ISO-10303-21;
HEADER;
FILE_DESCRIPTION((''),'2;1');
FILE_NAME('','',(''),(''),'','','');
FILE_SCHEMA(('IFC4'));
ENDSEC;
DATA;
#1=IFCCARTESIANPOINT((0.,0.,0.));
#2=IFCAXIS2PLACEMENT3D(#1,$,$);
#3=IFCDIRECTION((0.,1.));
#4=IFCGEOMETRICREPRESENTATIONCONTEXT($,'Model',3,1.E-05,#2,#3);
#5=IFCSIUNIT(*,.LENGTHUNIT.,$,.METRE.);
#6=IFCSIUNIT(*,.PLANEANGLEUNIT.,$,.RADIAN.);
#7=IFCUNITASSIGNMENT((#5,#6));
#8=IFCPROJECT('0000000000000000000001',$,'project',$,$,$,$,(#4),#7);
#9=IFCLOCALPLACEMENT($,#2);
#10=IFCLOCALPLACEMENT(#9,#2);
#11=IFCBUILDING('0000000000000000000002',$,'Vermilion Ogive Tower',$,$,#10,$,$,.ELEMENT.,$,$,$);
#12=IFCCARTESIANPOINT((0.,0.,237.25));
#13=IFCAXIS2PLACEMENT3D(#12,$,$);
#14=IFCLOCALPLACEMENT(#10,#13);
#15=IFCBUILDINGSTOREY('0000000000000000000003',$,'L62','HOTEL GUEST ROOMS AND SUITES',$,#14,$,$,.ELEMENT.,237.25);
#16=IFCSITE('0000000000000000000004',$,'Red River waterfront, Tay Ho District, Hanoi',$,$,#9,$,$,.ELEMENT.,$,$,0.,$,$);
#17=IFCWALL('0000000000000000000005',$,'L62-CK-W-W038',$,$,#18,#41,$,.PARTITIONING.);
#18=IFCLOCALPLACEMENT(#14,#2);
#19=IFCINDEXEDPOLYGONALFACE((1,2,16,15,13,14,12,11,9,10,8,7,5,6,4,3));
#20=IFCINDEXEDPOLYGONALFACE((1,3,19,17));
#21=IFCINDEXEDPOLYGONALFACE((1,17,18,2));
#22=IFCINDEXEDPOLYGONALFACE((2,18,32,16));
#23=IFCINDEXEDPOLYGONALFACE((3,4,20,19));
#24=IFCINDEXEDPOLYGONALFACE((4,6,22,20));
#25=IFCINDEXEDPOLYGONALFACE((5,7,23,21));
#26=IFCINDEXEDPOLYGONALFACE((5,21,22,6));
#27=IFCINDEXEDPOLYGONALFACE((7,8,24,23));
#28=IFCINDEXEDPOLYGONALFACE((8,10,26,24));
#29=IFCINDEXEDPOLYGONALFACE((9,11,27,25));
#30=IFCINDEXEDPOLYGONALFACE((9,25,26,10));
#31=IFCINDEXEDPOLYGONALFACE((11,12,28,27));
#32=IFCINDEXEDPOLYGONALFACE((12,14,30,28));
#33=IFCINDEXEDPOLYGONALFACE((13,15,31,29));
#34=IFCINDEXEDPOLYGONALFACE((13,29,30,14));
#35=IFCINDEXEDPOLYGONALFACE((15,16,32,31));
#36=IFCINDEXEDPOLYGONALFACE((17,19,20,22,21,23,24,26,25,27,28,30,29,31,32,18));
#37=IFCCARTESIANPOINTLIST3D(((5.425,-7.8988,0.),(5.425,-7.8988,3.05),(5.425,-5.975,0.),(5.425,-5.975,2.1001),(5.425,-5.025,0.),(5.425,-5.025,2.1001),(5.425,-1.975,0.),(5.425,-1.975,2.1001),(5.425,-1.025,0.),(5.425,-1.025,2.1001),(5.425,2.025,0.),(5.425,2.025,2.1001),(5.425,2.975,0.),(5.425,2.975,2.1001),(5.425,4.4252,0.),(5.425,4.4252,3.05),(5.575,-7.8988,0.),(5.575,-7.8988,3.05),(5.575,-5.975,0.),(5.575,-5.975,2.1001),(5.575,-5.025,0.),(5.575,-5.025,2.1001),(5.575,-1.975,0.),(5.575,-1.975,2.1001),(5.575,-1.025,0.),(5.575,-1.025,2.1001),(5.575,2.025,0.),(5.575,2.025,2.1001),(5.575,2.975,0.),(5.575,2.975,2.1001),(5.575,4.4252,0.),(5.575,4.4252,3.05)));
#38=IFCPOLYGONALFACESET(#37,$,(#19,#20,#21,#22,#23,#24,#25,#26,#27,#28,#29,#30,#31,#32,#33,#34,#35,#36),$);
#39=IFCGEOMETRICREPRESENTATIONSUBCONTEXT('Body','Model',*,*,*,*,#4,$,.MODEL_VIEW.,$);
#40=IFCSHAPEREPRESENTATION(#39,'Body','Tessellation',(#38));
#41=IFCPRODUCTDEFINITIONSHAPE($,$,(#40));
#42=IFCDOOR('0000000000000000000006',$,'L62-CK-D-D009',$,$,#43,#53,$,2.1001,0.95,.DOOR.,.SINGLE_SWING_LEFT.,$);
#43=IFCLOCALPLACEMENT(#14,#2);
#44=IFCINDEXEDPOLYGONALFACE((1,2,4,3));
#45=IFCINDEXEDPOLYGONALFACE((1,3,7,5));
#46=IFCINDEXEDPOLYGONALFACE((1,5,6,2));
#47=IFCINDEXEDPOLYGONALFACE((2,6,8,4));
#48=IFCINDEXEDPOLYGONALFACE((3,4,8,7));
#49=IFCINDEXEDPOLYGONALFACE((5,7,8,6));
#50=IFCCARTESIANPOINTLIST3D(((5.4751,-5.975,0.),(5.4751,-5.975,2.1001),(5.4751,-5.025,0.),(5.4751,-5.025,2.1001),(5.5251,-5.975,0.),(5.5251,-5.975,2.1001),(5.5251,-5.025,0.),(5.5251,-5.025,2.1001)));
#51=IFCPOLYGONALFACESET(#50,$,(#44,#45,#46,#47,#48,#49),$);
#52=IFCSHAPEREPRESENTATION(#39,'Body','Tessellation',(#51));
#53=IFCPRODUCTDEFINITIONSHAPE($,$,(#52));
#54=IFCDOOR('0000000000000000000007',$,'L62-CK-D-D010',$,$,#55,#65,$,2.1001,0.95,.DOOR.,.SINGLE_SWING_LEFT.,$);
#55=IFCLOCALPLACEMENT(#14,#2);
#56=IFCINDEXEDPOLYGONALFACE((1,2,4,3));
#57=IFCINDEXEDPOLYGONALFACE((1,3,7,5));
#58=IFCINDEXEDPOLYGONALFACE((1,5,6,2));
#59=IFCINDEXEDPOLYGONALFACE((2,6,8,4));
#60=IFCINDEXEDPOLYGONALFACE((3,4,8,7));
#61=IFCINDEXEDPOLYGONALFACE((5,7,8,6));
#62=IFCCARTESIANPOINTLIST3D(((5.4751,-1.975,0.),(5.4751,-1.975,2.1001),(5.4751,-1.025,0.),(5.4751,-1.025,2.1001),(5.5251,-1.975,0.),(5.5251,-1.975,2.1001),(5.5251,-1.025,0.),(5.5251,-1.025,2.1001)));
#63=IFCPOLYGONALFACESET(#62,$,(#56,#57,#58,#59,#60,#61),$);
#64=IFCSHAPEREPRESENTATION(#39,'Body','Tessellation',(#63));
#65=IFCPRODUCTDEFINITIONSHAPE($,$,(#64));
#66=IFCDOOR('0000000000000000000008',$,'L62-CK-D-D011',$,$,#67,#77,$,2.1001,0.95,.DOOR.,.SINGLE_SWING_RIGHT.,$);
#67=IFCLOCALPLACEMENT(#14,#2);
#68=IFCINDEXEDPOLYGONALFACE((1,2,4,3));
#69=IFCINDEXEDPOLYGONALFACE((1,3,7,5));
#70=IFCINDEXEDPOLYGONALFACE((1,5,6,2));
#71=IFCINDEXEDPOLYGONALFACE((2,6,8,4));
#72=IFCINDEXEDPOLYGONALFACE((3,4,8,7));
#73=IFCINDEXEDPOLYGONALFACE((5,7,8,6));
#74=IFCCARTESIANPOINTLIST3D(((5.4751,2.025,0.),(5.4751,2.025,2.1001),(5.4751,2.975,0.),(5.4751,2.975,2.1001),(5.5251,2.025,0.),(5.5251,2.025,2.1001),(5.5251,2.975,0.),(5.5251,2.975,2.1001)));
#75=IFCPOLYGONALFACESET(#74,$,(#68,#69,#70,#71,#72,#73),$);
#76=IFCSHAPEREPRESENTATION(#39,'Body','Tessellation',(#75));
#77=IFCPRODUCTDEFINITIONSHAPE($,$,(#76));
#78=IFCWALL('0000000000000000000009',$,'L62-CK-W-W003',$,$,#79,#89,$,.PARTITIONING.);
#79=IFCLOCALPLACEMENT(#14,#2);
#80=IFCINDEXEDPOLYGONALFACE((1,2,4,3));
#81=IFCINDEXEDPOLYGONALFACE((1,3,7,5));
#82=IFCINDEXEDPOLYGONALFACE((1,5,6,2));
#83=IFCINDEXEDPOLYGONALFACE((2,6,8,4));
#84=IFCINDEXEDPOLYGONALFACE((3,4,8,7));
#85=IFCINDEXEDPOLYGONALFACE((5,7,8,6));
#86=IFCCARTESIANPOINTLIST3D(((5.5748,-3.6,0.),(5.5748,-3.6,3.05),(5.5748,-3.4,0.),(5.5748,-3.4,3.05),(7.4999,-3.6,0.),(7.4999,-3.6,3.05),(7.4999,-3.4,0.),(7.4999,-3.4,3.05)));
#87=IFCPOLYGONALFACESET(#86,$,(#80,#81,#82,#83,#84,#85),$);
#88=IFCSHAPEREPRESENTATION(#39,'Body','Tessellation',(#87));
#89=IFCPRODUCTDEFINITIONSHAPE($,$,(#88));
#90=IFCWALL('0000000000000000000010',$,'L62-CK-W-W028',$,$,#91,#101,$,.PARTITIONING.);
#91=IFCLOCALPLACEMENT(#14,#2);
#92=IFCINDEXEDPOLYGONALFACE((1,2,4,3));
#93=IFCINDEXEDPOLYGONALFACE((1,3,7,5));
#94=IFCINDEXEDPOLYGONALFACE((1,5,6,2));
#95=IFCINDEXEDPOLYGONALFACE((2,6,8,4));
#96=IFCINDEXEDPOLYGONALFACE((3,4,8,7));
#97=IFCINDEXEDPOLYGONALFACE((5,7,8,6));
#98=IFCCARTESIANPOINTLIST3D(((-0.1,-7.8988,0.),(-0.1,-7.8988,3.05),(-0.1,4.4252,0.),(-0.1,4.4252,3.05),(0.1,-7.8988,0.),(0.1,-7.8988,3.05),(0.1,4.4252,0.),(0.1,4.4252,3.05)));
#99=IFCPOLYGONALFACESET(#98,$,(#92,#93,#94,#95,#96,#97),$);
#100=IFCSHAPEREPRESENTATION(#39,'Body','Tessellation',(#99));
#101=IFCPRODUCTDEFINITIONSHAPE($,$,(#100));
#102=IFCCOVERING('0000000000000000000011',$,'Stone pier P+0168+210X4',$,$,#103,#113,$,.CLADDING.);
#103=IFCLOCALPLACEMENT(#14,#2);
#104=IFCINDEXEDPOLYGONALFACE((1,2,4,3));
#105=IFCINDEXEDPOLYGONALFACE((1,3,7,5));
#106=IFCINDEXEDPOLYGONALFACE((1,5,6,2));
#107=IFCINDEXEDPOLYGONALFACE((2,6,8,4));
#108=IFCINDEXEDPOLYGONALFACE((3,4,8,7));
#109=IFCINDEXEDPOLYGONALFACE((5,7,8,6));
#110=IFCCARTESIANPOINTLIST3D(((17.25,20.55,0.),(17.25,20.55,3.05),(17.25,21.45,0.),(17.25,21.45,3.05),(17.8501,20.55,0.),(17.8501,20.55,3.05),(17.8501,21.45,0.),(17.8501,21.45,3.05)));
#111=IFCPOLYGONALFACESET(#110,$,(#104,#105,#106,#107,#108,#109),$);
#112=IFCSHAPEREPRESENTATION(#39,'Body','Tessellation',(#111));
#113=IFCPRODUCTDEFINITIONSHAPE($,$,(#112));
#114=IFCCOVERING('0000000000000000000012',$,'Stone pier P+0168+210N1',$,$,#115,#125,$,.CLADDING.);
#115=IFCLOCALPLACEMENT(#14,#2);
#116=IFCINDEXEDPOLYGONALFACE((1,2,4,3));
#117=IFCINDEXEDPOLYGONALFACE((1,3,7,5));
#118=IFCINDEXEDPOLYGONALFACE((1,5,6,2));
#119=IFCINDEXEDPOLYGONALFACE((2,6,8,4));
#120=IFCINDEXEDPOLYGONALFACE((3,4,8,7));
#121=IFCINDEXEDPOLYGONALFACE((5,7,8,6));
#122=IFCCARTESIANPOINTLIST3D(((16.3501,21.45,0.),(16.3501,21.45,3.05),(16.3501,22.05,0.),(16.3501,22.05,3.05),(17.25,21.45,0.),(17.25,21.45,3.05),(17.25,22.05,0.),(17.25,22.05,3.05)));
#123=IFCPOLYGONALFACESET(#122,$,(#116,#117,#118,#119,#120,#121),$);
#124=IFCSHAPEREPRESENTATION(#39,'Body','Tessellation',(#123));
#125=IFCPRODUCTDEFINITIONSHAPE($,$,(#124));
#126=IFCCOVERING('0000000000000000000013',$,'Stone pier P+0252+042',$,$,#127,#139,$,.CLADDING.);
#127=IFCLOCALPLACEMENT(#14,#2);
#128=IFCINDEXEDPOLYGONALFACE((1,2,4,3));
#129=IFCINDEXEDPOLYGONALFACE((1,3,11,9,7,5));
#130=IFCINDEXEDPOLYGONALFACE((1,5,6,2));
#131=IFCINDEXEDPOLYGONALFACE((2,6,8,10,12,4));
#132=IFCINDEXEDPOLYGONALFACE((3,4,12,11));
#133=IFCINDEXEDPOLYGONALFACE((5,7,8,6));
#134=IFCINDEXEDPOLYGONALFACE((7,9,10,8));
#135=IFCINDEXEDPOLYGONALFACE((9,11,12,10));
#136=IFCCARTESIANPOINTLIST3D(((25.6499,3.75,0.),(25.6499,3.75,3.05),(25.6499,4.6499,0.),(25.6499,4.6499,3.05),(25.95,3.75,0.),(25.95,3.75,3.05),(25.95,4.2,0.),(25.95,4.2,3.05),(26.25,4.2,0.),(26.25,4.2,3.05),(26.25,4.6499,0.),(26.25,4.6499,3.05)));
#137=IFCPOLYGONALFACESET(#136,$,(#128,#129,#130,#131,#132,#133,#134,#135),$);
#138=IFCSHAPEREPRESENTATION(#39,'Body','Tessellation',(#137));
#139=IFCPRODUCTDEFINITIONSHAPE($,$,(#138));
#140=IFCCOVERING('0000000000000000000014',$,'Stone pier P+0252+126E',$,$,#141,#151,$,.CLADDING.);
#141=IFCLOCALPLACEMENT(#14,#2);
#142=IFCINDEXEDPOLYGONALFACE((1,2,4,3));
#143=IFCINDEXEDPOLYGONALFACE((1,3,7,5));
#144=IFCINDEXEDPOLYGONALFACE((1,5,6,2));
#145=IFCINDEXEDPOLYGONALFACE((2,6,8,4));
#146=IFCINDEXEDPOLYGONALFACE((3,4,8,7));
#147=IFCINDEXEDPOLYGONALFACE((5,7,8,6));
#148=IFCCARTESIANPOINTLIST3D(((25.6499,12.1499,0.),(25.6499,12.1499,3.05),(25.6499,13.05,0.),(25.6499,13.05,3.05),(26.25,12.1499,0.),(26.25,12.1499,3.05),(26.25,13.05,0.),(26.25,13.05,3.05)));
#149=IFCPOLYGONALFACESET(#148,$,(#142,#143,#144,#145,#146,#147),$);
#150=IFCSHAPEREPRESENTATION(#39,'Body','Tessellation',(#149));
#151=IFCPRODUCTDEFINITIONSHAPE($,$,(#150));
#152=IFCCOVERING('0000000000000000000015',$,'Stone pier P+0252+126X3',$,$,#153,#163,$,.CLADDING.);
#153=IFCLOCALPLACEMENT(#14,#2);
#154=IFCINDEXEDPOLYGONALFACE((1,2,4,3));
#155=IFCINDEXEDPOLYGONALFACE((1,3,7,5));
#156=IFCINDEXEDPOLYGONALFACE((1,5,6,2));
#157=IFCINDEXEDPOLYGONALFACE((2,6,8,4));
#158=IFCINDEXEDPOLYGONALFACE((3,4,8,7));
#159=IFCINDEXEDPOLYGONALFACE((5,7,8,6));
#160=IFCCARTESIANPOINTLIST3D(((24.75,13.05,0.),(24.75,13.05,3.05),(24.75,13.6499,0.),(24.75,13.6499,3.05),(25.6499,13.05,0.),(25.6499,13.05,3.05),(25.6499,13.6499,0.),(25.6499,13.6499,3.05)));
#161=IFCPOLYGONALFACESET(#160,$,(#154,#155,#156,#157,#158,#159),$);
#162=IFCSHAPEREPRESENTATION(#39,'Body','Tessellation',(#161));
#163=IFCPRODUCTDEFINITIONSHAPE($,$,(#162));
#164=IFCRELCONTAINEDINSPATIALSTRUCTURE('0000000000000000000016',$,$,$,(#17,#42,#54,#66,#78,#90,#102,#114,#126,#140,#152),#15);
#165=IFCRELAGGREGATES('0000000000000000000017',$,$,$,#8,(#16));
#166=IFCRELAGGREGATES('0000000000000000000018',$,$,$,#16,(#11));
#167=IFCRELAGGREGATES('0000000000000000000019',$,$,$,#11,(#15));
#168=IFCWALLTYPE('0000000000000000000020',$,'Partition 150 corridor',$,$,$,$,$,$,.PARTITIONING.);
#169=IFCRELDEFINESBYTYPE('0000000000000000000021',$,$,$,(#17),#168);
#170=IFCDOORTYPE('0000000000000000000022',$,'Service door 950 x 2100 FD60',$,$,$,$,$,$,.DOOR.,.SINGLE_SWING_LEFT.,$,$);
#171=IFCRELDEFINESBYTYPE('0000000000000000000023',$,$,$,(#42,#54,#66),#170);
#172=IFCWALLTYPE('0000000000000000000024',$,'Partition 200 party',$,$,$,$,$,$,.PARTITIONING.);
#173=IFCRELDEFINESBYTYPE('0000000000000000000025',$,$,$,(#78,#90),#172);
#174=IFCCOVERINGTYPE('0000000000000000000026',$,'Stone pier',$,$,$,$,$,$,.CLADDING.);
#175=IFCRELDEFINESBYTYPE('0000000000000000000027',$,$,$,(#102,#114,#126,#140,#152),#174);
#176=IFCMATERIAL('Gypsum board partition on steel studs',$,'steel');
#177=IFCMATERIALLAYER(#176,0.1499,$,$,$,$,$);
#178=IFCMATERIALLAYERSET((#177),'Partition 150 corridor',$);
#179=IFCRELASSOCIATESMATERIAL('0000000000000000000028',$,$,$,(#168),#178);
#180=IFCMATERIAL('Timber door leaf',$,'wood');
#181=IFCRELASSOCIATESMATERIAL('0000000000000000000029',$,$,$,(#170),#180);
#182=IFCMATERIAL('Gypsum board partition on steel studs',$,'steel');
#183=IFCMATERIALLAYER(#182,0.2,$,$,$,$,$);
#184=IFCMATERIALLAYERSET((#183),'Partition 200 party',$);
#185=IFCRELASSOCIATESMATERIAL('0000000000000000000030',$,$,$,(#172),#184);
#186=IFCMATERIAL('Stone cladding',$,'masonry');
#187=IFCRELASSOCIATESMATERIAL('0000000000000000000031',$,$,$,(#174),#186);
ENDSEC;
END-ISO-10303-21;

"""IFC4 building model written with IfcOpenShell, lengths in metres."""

from ifc_helpers import new_model, si_unit, direction, frame, frame_2d, origin, place, context, subcontext, project, spatial, polyline, rectangle, outline, extrude, material, layer, layer_set, type_object, element, fill, save


model = new_model("IFC4")

# Units and contexts
model_context = context("Model", 3, precision=1e-05, world=origin(), true_north=direction((0.0, 1.0)))
body_context = subcontext(model_context, "Body", "Model", "MODEL_VIEW")
ifc_project = project(units=[si_unit("LENGTHUNIT", "METRE"), si_unit("PLANEANGLEUNIT", "RADIAN")], contexts=[model_context])

# Site, building, storey
site_placement = place(None, origin())
site = spatial("IfcSite", under=ifc_project, at=site_placement, Name="Red River waterfront, Tay Ho District, Hanoi", CompositionType="ELEMENT", RefElevation=0.0)
building_placement = place(site_placement, origin())
building = spatial("IfcBuilding", under=site, at=building_placement, Name="Vermilion Ogive Tower", CompositionType="ELEMENT")
storey_placement = place(building_placement, frame((0.0, 0.0, 237.25)))
storey = spatial("IfcBuildingStorey", under=building, at=storey_placement, Name="L62", Description="HOTEL GUEST ROOMS AND SUITES", CompositionType="ELEMENT", Elevation=237.25)

# Shared definitions
ifc_material_1 = material(Name="Gypsum board partition on steel studs", Category="steel")
ifc_layer_1 = layer(ifc_material_1, 0.1499)
ifc_layer_set_1 = layer_set([ifc_layer_1], Name="Partition 150 corridor")
wall_type_1 = type_object("IfcWallType", Name="Partition 150 corridor", PredefinedType="PARTITIONING", material=ifc_layer_set_1)

# Shared definitions
ifc_material_2 = material(Name="Timber door leaf", Category="wood")
door_type_1 = type_object("IfcDoorType", Name="Service door 950 x 2100 FD60", OperationType="SINGLE_SWING_LEFT", PredefinedType="DOOR", material=ifc_material_2)

# Wall, openings, doors
wall_1_placement = place(storey_placement, frame((5.5, -7.8989, 0.0), z_axis=(0.0, 0.0, 1.0), x_axis=(0.0, 1.0, 0.0)))
wall_1 = element("IfcWall", 1, at=wall_1_placement, inside=storey, type_object=wall_type_1, Name="L62-CK-W-W038", PredefinedType="PARTITIONING", context=body_context, shape_type="SweptSolid", body=[
    extrude(rectangle(XDim=12.324, YDim=0.1499, at=frame_2d((6.1621, 0.0))), origin(), (0.0, 0.0, 1.0), 3.05),
])
opening_1_placement = place(wall_1_placement, frame((1.9238, 0.0, 0.0)))
opening_1 = element("IfcOpeningElement", 2, at=opening_1_placement, cuts=wall_1, PredefinedType="OPENING", context=body_context, shape_type="SweptSolid", body=[
    extrude(rectangle(XDim=0.95, YDim=2.1001, at=frame_2d((0.4751, 1.05))), frame((0.0, 0.085, 0.0), z_axis=(0.0, -1.0, 0.0), x_axis=(1.0, 0.0, 0.0)), (0.0, 0.0, 1.0), 0.1699),
])
opening_2_placement = place(wall_1_placement, frame((5.9238, 0.0, 0.0)))
opening_2 = element("IfcOpeningElement", 3, at=opening_2_placement, cuts=wall_1, PredefinedType="OPENING", context=body_context, shape_type="SweptSolid", body=[
    extrude(rectangle(XDim=0.95, YDim=2.1001, at=frame_2d((0.4751, 1.05))), frame((0.0, 0.085, 0.0), z_axis=(0.0, -1.0, 0.0), x_axis=(1.0, 0.0, 0.0)), (0.0, 0.0, 1.0), 0.1699),
])
opening_3_placement = place(wall_1_placement, frame((9.9238, 0.0, 0.0)))
opening_3 = element("IfcOpeningElement", 4, at=opening_3_placement, cuts=wall_1, PredefinedType="OPENING", context=body_context, shape_type="SweptSolid", body=[
    extrude(rectangle(XDim=0.95, YDim=2.1001, at=frame_2d((0.4751, 1.05))), frame((0.0, 0.085, 0.0), z_axis=(0.0, -1.0, 0.0), x_axis=(1.0, 0.0, 0.0)), (0.0, 0.0, 1.0), 0.1699),
])
door_1_placement = place(opening_1_placement, origin())
door_1 = element("IfcDoor", 5, at=door_1_placement, inside=storey, type_object=door_type_1, Name="L62-CK-D-D009", OperationType="SINGLE_SWING_LEFT", OverallHeight=2.1001, OverallWidth=0.95, PredefinedType="DOOR", context=body_context, shape_type="SweptSolid", body=[
    extrude(rectangle(XDim=0.95, YDim=2.1001, at=frame_2d((0.4751, 1.05))), frame((0.0, 0.0249, 0.0), z_axis=(0.0, -1.0, 0.0), x_axis=(1.0, 0.0, 0.0)), (0.0, 0.0, 1.0), 0.05),
])
fill(opening_1, door_1)
door_2_placement = place(opening_2_placement, origin())
door_2 = element("IfcDoor", 6, at=door_2_placement, inside=storey, type_object=door_type_1, Name="L62-CK-D-D010", OperationType="SINGLE_SWING_LEFT", OverallHeight=2.1001, OverallWidth=0.95, PredefinedType="DOOR", context=body_context, shape_type="SweptSolid", body=[
    extrude(rectangle(XDim=0.95, YDim=2.1001, at=frame_2d((0.4751, 1.05))), frame((0.0, 0.0249, 0.0), z_axis=(0.0, -1.0, 0.0), x_axis=(1.0, 0.0, 0.0)), (0.0, 0.0, 1.0), 0.05),
])
fill(opening_2, door_2)
door_3_placement = place(opening_3_placement, origin())
door_3 = element("IfcDoor", 7, at=door_3_placement, inside=storey, type_object=door_type_1, Name="L62-CK-D-D011", OperationType="SINGLE_SWING_RIGHT", OverallHeight=2.1001, OverallWidth=0.95, PredefinedType="DOOR", context=body_context, shape_type="SweptSolid", body=[
    extrude(rectangle(XDim=0.95, YDim=2.1001, at=frame_2d((0.4751, 1.05))), frame((0.0, 0.0249, 0.0), z_axis=(0.0, -1.0, 0.0), x_axis=(1.0, 0.0, 0.0)), (0.0, 0.0, 1.0), 0.05),
])
fill(opening_3, door_3)

# Walls
ifc_material_3 = material(Name="Gypsum board partition on steel studs", Category="steel")
ifc_layer_2 = layer(ifc_material_3, 0.2)
ifc_layer_set_2 = layer_set([ifc_layer_2], Name="Partition 200 party")
wall_type_2 = type_object("IfcWallType", Name="Partition 200 party", PredefinedType="PARTITIONING", material=ifc_layer_set_2)
wall_2_placement = place(storey_placement, frame((5.575, -3.5, 0.0), z_axis=(0.0, 0.0, 1.0), x_axis=(1.0, 0.0, 0.0)))
element("IfcWall", 8, at=wall_2_placement, inside=storey, type_object=wall_type_2, Name="L62-CK-W-W003", PredefinedType="PARTITIONING", context=body_context, shape_type="SweptSolid", body=[
    extrude(rectangle(XDim=1.925, YDim=0.2, at=frame_2d((0.9624, 0.0))), origin(), (0.0, 0.0, 1.0), 3.05),
])
wall_3_placement = place(storey_placement, frame((0.0, -7.8989, 0.0), z_axis=(0.0, 0.0, 1.0), x_axis=(0.0, 1.0, 0.0)))
element("IfcWall", 9, at=wall_3_placement, inside=storey, type_object=wall_type_2, Name="L62-CK-W-W028", PredefinedType="PARTITIONING", context=body_context, shape_type="SweptSolid", body=[
    extrude(rectangle(XDim=12.324, YDim=0.2, at=frame_2d((6.1621, 0.0))), origin(), (0.0, 0.0, 1.0), 3.05),
])

# Coverings
ifc_material_4 = material(Name="Stone cladding", Category="masonry")
covering_type = type_object("IfcCoveringType", Name="Stone pier", PredefinedType="CLADDING", material=ifc_material_4)
covering_1_placement = place(storey_placement, origin())
element("IfcCovering", 10, at=covering_1_placement, inside=storey, type_object=covering_type, Name="Stone pier P+0168+210X4", PredefinedType="CLADDING", context=body_context, shape_type="SweptSolid", body=[
    extrude(outline(polyline([(17.8501, 21.45), (17.8501, 20.55), (17.25, 20.55), (17.25, 21.45), (17.8501, 21.45)])), origin(), (0.0, 0.0, 1.0), 3.05),
])
covering_2_placement = place(storey_placement, origin())
element("IfcCovering", 11, at=covering_2_placement, inside=storey, type_object=covering_type, Name="Stone pier P+0168+210N1", PredefinedType="CLADDING", context=body_context, shape_type="SweptSolid", body=[
    extrude(outline(polyline([(17.25, 22.05), (17.25, 21.45), (16.3501, 21.45), (16.3501, 22.05), (17.25, 22.05)])), origin(), (0.0, 0.0, 1.0), 3.05),
])
covering_3_placement = place(storey_placement, origin())
element("IfcCovering", 12, at=covering_3_placement, inside=storey, type_object=covering_type, Name="Stone pier P+0252+042", PredefinedType="CLADDING", context=body_context, shape_type="SweptSolid", body=[
    extrude(outline(polyline([(26.25, 4.6499), (26.25, 4.2), (25.95, 4.2), (25.95, 3.75), (25.6499, 3.75), (25.6499, 4.6499), (26.25, 4.6499)])), origin(), (0.0, 0.0, 1.0), 3.05),
])
covering_4_placement = place(storey_placement, origin())
element("IfcCovering", 13, at=covering_4_placement, inside=storey, type_object=covering_type, Name="Stone pier P+0252+126E", PredefinedType="CLADDING", context=body_context, shape_type="SweptSolid", body=[
    extrude(outline(polyline([(26.25, 13.05), (26.25, 12.1499), (25.6499, 12.1499), (25.6499, 13.05), (26.25, 13.05)])), origin(), (0.0, 0.0, 1.0), 3.05),
])
covering_5_placement = place(storey_placement, origin())
element("IfcCovering", 14, at=covering_5_placement, inside=storey, type_object=covering_type, Name="Stone pier P+0252+126X3", PredefinedType="CLADDING", context=body_context, shape_type="SweptSolid", body=[
    extrude(outline(polyline([(25.6499, 13.6499), (25.6499, 13.05), (24.75, 13.05), (24.75, 13.6499), (25.6499, 13.6499)])), origin(), (0.0, 0.0, 1.0), 3.05),
])

save(model, "model.ifc")
